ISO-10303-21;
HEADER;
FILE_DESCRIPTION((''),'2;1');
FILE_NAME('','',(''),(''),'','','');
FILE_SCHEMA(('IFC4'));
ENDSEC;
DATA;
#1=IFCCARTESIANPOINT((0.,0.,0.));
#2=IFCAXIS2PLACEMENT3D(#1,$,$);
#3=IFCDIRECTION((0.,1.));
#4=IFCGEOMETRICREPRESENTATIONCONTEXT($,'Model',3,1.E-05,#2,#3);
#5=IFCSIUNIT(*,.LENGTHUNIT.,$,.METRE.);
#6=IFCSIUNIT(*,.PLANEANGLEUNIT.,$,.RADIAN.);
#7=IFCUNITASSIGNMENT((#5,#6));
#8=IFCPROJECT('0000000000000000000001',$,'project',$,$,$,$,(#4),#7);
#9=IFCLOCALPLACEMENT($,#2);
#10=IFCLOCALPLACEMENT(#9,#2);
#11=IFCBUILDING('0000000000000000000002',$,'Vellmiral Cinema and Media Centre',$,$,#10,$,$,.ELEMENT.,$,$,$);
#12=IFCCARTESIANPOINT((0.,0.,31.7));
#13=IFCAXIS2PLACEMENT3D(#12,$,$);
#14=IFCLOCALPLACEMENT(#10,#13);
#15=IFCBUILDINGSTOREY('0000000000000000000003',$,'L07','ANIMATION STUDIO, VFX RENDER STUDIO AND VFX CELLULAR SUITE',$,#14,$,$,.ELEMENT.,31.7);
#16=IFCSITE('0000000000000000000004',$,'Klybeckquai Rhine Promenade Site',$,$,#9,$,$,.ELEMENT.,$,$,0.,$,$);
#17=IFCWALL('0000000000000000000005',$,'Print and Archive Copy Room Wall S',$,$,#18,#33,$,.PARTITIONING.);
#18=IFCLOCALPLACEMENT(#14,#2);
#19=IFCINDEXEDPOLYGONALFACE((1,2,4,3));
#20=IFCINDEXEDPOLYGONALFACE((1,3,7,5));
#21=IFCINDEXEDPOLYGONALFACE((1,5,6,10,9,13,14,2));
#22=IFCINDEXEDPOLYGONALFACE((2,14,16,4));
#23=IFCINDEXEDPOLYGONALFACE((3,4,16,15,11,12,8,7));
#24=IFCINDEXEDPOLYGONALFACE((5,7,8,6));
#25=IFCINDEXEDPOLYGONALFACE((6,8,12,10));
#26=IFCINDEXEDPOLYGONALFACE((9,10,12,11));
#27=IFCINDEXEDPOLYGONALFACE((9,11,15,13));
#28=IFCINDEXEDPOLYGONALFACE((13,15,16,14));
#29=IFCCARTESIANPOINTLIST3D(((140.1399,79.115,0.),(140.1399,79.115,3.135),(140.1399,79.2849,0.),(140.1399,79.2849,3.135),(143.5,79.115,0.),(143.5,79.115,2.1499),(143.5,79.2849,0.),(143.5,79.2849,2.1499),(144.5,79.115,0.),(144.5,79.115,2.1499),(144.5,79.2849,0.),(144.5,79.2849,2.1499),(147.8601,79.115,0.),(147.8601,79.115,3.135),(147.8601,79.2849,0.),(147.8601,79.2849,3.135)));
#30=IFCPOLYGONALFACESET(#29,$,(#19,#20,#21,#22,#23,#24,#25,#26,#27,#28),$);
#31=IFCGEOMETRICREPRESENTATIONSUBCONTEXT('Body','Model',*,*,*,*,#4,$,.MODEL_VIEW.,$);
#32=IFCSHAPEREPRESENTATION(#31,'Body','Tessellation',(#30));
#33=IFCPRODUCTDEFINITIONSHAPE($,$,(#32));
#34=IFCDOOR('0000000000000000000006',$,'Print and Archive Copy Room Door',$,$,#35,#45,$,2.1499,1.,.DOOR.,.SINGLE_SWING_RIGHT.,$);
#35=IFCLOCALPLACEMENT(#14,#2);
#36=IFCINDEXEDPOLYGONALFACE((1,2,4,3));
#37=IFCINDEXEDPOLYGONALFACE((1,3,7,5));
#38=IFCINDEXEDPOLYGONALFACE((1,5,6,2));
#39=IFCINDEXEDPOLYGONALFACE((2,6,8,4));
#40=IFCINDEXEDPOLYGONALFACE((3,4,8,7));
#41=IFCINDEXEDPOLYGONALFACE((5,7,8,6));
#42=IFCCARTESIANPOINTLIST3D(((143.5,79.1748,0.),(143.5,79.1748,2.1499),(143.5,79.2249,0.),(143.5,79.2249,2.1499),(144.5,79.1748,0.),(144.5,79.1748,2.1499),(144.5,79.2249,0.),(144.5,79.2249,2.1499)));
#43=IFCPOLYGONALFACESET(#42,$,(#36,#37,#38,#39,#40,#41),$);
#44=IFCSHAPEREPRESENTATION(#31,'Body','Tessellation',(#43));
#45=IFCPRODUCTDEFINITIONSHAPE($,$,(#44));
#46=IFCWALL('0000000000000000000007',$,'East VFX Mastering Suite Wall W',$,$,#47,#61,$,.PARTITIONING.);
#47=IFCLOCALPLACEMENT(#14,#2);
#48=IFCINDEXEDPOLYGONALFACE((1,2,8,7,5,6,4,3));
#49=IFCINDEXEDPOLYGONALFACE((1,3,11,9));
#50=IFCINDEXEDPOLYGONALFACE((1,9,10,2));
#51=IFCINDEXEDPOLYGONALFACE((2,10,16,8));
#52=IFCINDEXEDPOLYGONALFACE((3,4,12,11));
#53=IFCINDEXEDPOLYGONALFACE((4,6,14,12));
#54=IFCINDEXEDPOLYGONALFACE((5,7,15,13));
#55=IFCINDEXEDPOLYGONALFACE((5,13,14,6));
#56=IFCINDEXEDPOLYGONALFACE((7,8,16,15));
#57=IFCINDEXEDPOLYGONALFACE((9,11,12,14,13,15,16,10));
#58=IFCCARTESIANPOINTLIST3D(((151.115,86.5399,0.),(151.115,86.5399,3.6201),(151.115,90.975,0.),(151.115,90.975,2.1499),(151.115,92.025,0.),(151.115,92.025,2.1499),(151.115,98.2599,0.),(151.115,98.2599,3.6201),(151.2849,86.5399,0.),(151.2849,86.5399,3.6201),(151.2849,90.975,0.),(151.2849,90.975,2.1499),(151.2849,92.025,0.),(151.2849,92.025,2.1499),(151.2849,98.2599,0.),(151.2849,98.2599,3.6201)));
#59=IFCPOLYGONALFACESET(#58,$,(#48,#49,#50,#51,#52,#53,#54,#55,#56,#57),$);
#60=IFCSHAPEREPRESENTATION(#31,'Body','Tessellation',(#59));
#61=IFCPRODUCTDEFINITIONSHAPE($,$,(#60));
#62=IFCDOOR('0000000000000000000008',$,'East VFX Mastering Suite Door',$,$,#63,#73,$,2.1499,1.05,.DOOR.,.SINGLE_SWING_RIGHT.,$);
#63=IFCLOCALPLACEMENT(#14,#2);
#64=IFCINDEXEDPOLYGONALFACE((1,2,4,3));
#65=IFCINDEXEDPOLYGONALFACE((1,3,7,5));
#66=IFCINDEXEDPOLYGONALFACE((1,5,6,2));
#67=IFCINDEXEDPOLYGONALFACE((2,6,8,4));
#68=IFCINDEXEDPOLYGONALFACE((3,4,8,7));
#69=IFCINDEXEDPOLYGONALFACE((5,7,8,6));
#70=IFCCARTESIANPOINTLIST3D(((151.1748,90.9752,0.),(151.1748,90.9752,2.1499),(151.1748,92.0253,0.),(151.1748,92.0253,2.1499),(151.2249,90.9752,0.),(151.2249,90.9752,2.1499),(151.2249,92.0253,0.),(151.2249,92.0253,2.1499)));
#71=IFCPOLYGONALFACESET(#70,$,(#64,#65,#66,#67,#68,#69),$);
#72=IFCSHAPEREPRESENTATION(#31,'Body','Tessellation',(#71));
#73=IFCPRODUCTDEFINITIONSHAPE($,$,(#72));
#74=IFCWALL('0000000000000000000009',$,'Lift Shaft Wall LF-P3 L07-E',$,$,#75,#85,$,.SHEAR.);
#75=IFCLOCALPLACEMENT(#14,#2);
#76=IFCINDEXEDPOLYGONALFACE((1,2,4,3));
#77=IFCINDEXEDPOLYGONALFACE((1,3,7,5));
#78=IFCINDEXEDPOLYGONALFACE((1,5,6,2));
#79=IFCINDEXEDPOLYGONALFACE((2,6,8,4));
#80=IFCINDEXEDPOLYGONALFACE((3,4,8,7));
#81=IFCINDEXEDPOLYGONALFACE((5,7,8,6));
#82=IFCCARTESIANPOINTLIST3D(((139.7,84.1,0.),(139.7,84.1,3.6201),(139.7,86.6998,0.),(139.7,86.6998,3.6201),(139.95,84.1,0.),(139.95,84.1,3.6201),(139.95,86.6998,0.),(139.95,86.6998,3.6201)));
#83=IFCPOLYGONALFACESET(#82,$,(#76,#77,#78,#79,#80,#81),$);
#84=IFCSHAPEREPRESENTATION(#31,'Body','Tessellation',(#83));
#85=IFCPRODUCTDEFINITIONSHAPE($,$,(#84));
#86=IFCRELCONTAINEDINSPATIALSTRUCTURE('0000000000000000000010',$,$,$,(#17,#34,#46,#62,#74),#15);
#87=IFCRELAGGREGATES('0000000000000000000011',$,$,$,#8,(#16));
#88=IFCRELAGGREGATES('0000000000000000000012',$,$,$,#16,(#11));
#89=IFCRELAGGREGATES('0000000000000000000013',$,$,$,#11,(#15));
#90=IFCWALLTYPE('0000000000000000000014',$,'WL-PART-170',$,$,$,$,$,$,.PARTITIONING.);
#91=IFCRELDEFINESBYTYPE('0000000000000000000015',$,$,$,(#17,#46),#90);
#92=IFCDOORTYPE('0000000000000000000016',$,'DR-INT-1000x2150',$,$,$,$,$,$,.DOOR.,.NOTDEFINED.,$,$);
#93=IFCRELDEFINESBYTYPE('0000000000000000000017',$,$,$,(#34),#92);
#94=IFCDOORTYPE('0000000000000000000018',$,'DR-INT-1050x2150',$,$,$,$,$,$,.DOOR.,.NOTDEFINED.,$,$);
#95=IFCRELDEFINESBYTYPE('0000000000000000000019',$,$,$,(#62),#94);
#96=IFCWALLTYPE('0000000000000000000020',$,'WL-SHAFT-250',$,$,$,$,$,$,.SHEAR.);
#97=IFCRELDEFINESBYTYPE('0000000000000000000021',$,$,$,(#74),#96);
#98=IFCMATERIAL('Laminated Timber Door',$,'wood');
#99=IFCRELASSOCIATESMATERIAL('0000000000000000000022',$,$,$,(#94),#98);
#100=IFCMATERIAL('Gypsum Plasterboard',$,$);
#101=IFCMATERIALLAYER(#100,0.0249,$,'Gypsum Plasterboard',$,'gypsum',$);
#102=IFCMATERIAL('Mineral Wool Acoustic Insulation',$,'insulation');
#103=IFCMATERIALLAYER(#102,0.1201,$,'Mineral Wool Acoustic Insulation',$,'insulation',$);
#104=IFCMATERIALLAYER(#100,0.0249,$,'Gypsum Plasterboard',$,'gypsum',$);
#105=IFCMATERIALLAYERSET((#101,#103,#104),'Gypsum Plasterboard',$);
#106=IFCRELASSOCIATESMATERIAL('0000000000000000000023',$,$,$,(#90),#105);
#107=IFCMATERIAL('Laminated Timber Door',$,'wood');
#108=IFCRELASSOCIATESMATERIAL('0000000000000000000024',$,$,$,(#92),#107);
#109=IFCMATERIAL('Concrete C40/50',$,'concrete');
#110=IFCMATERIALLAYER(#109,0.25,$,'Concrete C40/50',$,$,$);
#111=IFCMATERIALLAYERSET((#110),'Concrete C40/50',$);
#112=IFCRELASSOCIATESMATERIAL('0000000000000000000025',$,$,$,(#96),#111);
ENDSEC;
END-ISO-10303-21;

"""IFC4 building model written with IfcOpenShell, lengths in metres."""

from ifc_helpers import new_model, si_unit, direction, frame, frame_2d, origin, place, context, subcontext, project, spatial, rectangle, extrude, material, layer, layer_set, type_object, element, fill, save


model = new_model("IFC4")

# Units and contexts
model_context = context("Model", 3, precision=1e-05, world=origin(), true_north=direction((0.0, 1.0)))
body_context = subcontext(model_context, "Body", "Model", "MODEL_VIEW")
ifc_project = project(units=[si_unit("LENGTHUNIT", "METRE"), si_unit("PLANEANGLEUNIT", "RADIAN")], contexts=[model_context])

# Site, building, storey
site_placement = place(None, origin())
site = spatial("IfcSite", under=ifc_project, at=site_placement, Name="Klybeckquai Rhine Promenade Site", CompositionType="ELEMENT", RefElevation=0.0)
building_placement = place(site_placement, origin())
building = spatial("IfcBuilding", under=site, at=building_placement, Name="Vellmiral Cinema and Media Centre", CompositionType="ELEMENT")
storey_placement = place(building_placement, frame((0.0, 0.0, 31.7)))
storey = spatial("IfcBuildingStorey", under=building, at=storey_placement, Name="L07", Description="ANIMATION STUDIO, VFX RENDER STUDIO AND VFX CELLULAR SUITE", CompositionType="ELEMENT", Elevation=31.7)

# Shared definitions
ifc_material_1 = material(Name="Laminated Timber Door", Category="wood")
door_type_1 = type_object("IfcDoorType", Name="DR-INT-1050x2150", OperationType="NOTDEFINED", PredefinedType="DOOR", material=ifc_material_1)

# Walls, openings, doors
ifc_material_2 = material(Name="Gypsum Plasterboard")
ifc_layer_1 = layer(ifc_material_2, 0.0249, Name="Gypsum Plasterboard", Category="gypsum")
ifc_material_3 = material(Name="Mineral Wool Acoustic Insulation", Category="insulation")
ifc_layer_2 = layer(ifc_material_3, 0.1201, Name="Mineral Wool Acoustic Insulation", Category="insulation")
ifc_layer_3 = layer(ifc_material_2, 0.0249, Name="Gypsum Plasterboard", Category="gypsum")
ifc_layer_set_1 = layer_set([ifc_layer_1, ifc_layer_2, ifc_layer_3], Name="Gypsum Plasterboard")
wall_type_1 = type_object("IfcWallType", Name="WL-PART-170", PredefinedType="PARTITIONING", material=ifc_layer_set_1)
wall_1_placement = place(storey_placement, frame((140.1399, 79.2, 0.0), z_axis=(0.0, 0.0, 1.0), x_axis=(1.0, 0.0, 0.0)))
wall_1 = element("IfcWall", 1, at=wall_1_placement, inside=storey, type_object=wall_type_1, Name="Print and Archive Copy Room Wall S", PredefinedType="PARTITIONING", context=body_context, shape_type="SweptSolid", body=[
    extrude(rectangle(XDim=7.7202, YDim=0.1699, at=frame_2d((3.8601, 0.0))), origin(), (0.0, 0.0, 1.0), 3.135),
])
opening_1_placement = place(wall_1_placement, frame((3.3601, 0.0, 0.0)))
opening_1 = element("IfcOpeningElement", 2, at=opening_1_placement, cuts=wall_1, PredefinedType="OPENING", context=body_context, shape_type="SweptSolid", body=[
    extrude(rectangle(XDim=1.0, YDim=2.1499, at=frame_2d((0.5, 1.075))), frame((0.0, 0.0969, 0.0), z_axis=(0.0, -1.0, 0.0), x_axis=(1.0, 0.0, 0.0)), (0.0, 0.0, 1.0), 0.1938),
])
ifc_material_4 = material(Name="Laminated Timber Door", Category="wood")
door_type_2 = type_object("IfcDoorType", Name="DR-INT-1000x2150", OperationType="NOTDEFINED", PredefinedType="DOOR", material=ifc_material_4)
door_1_placement = place(opening_1_placement, origin())
door_1 = element("IfcDoor", 3, at=door_1_placement, inside=storey, type_object=door_type_2, Name="Print and Archive Copy Room Door", OperationType="SINGLE_SWING_RIGHT", OverallHeight=2.1499, OverallWidth=1.0, PredefinedType="DOOR", context=body_context, shape_type="SweptSolid", body=[
    extrude(rectangle(XDim=1.0, YDim=2.1499, at=frame_2d((0.5, 1.075))), frame((0.0, 0.0249, 0.0), z_axis=(0.0, -1.0, 0.0), x_axis=(1.0, 0.0, 0.0)), (0.0, 0.0, 1.0), 0.05),
])
fill(opening_1, door_1)
wall_2_placement = place(storey_placement, frame((151.2, 86.54, 0.0), z_axis=(0.0, 0.0, 1.0), x_axis=(0.0, 1.0, 0.0)))
wall_2 = element("IfcWall", 4, at=wall_2_placement, inside=storey, type_object=wall_type_1, Name="East VFX Mastering Suite Wall W", PredefinedType="PARTITIONING", context=body_context, shape_type="SweptSolid", body=[
    extrude(rectangle(XDim=11.72, YDim=0.1699, at=frame_2d((5.8599, 0.0))), origin(), (0.0, 0.0, 1.0), 3.6201),
])
opening_2_placement = place(wall_2_placement, frame((4.4351, 0.0, 0.0)))
opening_2 = element("IfcOpeningElement", 5, at=opening_2_placement, cuts=wall_2, PredefinedType="OPENING", context=body_context, shape_type="SweptSolid", body=[
    extrude(rectangle(XDim=1.05, YDim=2.1499, at=frame_2d((0.5249, 1.075))), frame((0.0, 0.0969, 0.0), z_axis=(0.0, -1.0, 0.0), x_axis=(1.0, 0.0, 0.0)), (0.0, 0.0, 1.0), 0.1938),
])
door_2_placement = place(opening_2_placement, frame((1.05, 0.0, 0.0), z_axis=(0.0, 0.0, 1.0), x_axis=(-1.0, 0.0, 0.0)))
door_2 = element("IfcDoor", 6, at=door_2_placement, inside=storey, type_object=door_type_1, Name="East VFX Mastering Suite Door", OperationType="SINGLE_SWING_RIGHT", OverallHeight=2.1499, OverallWidth=1.05, PredefinedType="DOOR", context=body_context, shape_type="SweptSolid", body=[
    extrude(rectangle(XDim=1.05, YDim=2.1499, at=frame_2d((0.5249, 1.075))), frame((0.0, 0.0249, 0.0), z_axis=(0.0, -1.0, 0.0), x_axis=(1.0, 0.0, 0.0)), (0.0, 0.0, 1.0), 0.05),
])
fill(opening_2, door_2)

# Wall
ifc_material_5 = material(Name="Concrete C40/50", Category="concrete")
ifc_layer_4 = layer(ifc_material_5, 0.25, Name="Concrete C40/50")
ifc_layer_set_2 = layer_set([ifc_layer_4], Name="Concrete C40/50")
wall_type_2 = type_object("IfcWallType", Name="WL-SHAFT-250", PredefinedType="SHEAR", material=ifc_layer_set_2)
wall_3_placement = place(storey_placement, frame((139.825, 84.1001, 0.0), z_axis=(0.0, 0.0, 1.0), x_axis=(0.0, 1.0, 0.0)))
element("IfcWall", 7, at=wall_3_placement, inside=storey, type_object=wall_type_2, Name="Lift Shaft Wall LF-P3 L07-E", PredefinedType="SHEAR", context=body_context, shape_type="SweptSolid", body=[
    extrude(rectangle(XDim=2.5999, YDim=0.25, at=frame_2d((1.2998, 0.0))), origin(), (0.0, 0.0, 1.0), 3.6201),
])

save(model, "model.ifc")
